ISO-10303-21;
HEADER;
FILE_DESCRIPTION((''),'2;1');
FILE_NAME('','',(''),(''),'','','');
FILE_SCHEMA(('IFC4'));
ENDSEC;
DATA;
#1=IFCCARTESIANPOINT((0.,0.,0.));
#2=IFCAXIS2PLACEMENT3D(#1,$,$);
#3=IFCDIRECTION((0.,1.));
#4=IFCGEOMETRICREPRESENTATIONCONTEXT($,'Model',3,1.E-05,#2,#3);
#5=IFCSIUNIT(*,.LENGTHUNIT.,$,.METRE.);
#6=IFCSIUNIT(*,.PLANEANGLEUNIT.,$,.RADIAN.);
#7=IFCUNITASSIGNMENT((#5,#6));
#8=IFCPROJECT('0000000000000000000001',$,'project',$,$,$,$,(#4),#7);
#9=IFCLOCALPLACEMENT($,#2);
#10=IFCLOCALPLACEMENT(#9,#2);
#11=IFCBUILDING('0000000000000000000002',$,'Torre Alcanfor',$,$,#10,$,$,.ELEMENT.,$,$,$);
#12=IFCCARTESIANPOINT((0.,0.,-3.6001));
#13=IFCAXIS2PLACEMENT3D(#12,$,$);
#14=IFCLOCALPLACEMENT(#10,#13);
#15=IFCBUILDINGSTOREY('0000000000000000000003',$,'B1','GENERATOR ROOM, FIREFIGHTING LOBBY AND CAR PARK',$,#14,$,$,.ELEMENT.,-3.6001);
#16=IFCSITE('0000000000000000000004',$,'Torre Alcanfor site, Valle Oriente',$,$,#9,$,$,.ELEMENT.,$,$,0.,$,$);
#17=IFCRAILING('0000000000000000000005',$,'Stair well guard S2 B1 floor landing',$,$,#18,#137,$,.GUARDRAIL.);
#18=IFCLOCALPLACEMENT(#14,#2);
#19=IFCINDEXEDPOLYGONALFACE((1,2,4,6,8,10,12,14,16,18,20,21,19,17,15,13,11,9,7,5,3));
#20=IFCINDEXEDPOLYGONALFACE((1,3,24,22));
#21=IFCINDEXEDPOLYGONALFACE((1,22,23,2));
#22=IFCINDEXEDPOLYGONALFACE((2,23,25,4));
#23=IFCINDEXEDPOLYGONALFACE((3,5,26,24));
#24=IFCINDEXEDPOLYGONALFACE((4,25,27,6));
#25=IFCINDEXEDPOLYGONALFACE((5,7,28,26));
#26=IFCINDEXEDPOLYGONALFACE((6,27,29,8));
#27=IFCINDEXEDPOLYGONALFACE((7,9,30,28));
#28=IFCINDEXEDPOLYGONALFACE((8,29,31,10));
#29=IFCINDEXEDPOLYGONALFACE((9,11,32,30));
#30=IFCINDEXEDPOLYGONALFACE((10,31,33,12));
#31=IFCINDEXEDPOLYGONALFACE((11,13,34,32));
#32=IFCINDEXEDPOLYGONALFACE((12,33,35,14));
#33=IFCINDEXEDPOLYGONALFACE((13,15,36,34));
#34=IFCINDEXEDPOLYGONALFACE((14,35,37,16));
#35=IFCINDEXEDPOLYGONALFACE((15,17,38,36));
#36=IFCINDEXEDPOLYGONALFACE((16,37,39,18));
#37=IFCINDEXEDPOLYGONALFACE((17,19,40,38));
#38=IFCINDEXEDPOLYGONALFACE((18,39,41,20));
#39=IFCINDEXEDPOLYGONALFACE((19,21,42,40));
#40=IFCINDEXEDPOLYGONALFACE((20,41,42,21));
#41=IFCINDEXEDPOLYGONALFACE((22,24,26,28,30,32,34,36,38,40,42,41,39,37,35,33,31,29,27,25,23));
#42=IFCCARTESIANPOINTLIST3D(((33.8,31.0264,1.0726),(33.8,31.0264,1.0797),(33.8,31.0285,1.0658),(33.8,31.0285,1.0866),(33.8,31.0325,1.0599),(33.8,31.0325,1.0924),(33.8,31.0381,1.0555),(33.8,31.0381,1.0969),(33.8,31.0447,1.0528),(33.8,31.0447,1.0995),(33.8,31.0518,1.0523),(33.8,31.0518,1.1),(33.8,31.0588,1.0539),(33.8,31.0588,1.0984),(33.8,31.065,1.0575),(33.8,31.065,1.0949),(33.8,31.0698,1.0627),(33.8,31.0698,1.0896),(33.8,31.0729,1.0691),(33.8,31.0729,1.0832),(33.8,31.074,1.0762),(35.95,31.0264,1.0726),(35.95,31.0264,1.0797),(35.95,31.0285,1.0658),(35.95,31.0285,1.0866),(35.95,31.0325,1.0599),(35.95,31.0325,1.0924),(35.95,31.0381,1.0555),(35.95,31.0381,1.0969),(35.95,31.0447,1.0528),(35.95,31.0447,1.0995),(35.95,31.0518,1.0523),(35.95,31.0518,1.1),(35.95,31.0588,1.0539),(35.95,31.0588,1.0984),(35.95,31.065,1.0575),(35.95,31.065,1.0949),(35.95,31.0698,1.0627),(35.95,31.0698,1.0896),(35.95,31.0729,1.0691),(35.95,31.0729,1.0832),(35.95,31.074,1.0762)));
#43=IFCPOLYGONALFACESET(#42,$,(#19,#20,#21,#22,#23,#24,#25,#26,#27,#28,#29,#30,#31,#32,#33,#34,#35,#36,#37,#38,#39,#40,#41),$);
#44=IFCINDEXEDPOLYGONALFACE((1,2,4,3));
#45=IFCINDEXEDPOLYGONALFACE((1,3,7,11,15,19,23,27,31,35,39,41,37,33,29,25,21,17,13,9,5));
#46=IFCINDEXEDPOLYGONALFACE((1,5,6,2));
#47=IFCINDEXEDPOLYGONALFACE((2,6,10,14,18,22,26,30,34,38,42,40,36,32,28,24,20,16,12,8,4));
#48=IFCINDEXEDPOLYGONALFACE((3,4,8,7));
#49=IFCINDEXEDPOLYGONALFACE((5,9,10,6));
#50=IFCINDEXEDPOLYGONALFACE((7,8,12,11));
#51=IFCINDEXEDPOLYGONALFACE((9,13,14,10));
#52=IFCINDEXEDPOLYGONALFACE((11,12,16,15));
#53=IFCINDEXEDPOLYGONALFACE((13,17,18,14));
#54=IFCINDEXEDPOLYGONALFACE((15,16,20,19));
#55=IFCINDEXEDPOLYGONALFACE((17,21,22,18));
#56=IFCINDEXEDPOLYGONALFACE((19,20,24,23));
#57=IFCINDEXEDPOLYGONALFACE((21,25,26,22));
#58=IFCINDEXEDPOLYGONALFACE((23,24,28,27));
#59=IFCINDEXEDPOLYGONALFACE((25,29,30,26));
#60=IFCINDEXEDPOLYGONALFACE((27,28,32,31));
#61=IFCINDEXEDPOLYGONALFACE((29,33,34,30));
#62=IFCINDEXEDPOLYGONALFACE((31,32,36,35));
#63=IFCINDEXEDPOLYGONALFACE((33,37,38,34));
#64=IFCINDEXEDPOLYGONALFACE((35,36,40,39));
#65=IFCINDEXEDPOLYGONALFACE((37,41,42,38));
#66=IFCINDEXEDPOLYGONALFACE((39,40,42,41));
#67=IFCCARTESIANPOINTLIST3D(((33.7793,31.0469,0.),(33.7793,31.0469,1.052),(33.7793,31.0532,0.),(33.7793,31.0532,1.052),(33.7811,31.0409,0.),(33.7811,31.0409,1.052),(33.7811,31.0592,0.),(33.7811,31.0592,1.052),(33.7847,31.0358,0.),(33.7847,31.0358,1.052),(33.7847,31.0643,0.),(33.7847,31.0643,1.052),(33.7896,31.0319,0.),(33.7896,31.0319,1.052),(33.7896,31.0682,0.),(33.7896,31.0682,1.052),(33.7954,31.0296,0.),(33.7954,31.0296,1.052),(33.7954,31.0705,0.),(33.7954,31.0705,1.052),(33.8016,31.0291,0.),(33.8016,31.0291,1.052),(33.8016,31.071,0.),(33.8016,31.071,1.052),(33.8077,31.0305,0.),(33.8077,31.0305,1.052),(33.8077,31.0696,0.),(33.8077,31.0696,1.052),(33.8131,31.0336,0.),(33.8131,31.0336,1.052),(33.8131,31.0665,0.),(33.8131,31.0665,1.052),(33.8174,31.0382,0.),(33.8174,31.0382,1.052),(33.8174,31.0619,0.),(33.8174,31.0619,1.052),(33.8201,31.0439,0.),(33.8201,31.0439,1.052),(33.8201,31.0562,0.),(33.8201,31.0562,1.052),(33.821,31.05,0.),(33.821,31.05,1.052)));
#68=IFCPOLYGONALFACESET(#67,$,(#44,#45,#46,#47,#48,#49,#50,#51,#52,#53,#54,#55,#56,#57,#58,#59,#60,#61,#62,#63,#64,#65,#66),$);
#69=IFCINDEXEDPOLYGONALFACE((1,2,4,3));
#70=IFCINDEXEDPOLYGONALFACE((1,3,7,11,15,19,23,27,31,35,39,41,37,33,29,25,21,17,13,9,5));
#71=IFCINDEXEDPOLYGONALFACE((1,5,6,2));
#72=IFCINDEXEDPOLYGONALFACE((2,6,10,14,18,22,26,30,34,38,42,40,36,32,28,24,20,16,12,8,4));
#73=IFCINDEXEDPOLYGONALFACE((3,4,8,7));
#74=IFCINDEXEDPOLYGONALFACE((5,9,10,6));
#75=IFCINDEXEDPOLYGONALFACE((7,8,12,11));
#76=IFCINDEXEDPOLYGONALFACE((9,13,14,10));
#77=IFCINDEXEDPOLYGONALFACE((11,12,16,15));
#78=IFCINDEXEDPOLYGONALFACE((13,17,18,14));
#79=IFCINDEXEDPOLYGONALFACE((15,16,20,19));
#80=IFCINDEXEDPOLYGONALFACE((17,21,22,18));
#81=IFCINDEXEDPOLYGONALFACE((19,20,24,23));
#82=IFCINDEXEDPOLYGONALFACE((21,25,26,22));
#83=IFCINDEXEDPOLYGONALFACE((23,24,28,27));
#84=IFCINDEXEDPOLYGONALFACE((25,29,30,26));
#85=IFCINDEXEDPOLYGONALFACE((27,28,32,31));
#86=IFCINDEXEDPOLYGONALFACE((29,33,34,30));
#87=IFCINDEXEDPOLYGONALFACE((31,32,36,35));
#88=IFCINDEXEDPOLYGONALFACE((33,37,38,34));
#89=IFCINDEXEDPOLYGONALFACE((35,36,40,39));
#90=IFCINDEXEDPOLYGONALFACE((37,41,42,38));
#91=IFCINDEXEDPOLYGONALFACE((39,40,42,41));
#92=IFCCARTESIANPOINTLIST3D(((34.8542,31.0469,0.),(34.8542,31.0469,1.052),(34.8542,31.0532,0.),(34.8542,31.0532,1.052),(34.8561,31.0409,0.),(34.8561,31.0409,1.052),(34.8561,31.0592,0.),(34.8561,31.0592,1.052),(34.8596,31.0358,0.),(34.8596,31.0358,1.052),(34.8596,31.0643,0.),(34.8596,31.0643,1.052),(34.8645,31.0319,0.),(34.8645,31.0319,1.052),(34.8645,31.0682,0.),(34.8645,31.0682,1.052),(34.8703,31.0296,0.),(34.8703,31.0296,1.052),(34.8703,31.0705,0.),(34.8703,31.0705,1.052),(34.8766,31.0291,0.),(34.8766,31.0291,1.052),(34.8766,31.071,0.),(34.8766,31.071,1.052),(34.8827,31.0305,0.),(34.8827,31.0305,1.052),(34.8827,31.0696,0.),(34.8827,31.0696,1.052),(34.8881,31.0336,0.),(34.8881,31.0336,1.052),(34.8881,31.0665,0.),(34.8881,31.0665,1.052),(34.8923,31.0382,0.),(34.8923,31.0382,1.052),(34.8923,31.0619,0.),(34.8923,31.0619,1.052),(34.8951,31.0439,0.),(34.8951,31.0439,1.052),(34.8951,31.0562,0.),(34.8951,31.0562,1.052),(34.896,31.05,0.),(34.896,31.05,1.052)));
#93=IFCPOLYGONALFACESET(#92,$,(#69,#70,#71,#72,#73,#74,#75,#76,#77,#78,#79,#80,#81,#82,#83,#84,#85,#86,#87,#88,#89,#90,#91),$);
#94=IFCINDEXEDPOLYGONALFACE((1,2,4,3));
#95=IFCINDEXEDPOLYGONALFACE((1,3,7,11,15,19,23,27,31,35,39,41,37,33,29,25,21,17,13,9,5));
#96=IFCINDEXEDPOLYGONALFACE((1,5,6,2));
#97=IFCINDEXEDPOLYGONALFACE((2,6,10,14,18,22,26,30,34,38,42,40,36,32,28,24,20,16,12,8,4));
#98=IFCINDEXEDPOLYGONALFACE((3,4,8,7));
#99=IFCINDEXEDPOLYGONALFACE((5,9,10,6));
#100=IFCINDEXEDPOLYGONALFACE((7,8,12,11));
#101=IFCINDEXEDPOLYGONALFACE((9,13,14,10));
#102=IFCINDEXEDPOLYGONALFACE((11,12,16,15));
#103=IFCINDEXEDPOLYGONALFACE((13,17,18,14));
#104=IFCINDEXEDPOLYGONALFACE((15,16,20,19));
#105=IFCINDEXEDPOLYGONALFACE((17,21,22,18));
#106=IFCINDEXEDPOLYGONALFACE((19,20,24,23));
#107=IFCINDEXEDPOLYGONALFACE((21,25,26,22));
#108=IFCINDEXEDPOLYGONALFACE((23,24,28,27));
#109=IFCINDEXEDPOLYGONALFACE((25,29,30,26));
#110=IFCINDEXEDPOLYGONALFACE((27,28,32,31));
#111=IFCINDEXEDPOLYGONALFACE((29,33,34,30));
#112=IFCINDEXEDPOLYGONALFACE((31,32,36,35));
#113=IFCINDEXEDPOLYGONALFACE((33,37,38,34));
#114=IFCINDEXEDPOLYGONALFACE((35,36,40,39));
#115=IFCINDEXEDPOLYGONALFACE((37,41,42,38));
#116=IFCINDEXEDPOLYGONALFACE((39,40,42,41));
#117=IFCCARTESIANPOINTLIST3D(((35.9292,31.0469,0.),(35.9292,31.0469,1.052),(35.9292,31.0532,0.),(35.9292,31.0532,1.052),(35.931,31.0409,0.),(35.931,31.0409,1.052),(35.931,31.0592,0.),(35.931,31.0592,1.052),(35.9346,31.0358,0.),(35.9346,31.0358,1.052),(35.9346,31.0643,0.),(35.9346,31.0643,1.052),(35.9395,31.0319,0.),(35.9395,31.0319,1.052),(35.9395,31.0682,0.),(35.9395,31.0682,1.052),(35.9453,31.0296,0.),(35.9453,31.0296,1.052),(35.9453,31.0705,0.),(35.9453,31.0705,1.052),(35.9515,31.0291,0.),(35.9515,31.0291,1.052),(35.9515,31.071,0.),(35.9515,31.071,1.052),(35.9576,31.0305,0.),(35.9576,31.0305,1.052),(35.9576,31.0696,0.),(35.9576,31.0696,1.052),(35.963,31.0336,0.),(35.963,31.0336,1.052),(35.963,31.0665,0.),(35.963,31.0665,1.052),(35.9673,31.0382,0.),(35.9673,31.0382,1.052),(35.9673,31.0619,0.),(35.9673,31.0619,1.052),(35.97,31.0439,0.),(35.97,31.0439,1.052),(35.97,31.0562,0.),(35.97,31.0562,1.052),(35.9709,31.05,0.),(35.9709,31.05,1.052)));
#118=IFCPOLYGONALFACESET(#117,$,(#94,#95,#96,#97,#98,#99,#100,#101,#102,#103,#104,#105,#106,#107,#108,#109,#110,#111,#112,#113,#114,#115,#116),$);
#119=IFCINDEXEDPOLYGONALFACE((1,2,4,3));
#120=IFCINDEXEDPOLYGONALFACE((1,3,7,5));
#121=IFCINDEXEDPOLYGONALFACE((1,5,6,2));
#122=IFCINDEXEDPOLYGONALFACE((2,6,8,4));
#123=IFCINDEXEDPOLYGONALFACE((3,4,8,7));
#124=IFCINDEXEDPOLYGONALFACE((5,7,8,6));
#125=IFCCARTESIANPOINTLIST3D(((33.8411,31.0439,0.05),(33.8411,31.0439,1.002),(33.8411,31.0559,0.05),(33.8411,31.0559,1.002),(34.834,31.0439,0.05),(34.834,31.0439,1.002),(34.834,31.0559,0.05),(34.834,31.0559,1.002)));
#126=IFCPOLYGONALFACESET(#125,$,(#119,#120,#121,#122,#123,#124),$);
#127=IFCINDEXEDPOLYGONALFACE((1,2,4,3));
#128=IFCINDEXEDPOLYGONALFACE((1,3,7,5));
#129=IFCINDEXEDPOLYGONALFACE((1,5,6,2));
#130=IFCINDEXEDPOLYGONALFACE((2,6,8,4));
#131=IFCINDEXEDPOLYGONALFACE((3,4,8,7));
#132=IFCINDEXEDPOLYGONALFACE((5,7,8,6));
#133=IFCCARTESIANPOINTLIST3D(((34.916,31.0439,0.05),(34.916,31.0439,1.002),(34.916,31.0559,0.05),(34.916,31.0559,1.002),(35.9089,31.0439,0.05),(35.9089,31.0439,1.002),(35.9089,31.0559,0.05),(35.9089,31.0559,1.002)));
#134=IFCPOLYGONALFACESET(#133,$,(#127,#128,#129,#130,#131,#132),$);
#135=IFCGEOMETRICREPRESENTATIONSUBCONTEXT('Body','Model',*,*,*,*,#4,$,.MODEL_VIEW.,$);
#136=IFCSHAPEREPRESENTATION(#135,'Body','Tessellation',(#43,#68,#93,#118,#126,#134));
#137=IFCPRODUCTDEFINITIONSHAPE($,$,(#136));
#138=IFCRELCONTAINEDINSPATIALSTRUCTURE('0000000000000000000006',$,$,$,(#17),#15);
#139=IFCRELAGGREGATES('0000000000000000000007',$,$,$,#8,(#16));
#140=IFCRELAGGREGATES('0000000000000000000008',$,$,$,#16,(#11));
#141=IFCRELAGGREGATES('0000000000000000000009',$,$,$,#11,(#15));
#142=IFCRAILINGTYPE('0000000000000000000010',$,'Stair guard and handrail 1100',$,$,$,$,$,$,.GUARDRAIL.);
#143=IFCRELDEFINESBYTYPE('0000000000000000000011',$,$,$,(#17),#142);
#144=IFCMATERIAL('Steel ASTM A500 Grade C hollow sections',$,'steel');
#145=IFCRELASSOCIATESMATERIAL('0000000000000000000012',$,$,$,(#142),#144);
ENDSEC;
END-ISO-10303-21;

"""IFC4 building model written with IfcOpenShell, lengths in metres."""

from ifc_helpers import new_model, si_unit, direction, frame, origin, origin_2d, place, context, subcontext, project, spatial, polyline, circle, outline, extrude, material, type_object, element, save


model = new_model("IFC4")

# Units and contexts
model_context = context("Model", 3, precision=1e-05, world=origin(), true_north=direction((0.0, 1.0)))
body_context = subcontext(model_context, "Body", "Model", "MODEL_VIEW")
ifc_project = project(units=[si_unit("LENGTHUNIT", "METRE"), si_unit("PLANEANGLEUNIT", "RADIAN")], contexts=[model_context])

# Site, building, storey
site_placement = place(None, origin())
site = spatial("IfcSite", under=ifc_project, at=site_placement, Name="Torre Alcanfor site, Valle Oriente", CompositionType="ELEMENT", RefElevation=0.0)
building_placement = place(site_placement, origin())
building = spatial("IfcBuilding", under=site, at=building_placement, Name="Torre Alcanfor", CompositionType="ELEMENT")
storey_placement = place(building_placement, frame((0.0, 0.0, -3.6001)))
storey = spatial("IfcBuildingStorey", under=building, at=storey_placement, Name="B1", Description="GENERATOR ROOM, FIREFIGHTING LOBBY AND CAR PARK", CompositionType="ELEMENT", Elevation=-3.6001)

# Railing
ifc_material_1 = material(Name="Steel ASTM A500 Grade C hollow sections", Category="steel")
railing_type_1 = type_object("IfcRailingType", Name="Stair guard and handrail 1100", PredefinedType="GUARDRAIL", material=ifc_material_1)
for number, where, name in (
    (1, (33.8, 31.05, 0.0), "Stair well guard S2 B1 floor landing"),
):
    element("IfcRailing", number, at=place(storey_placement, frame(where)), inside=storey, type_object=railing_type_1, Name=name, PredefinedType="GUARDRAIL", context=body_context, shape_type="SweptSolid", body=[
        extrude(circle(Radius=0.0239, at=origin_2d()), frame((0.0, 0.0, 1.0762), z_axis=(1.0, 0.0, 0.0), x_axis=(0.0, 1.0, 0.0)), (0.0, 0.0, 1.0), 2.1499),
        extrude(circle(Radius=0.021, at=origin_2d()), origin(), (0.0, 0.0, 1.0), 1.052),
        extrude(circle(Radius=0.021, at=origin_2d()), frame((1.075, 0.0, 0.0)), (0.0, 0.0, 1.0), 1.052),
        extrude(circle(Radius=0.021, at=origin_2d()), frame((2.1499, 0.0, 0.0)), (0.0, 0.0, 1.0), 1.052),
        extrude(outline(polyline([(0.041, 0.05), (1.0339, 0.05), (1.0339, 1.002), (0.041, 1.002), (0.041, 0.05)])), frame((0.0, 0.0059, 0.0), z_axis=(0.0, -1.0, 0.0), x_axis=(1.0, 0.0, 0.0)), (0.0, 0.0, 1.0), 0.012),
        extrude(outline(polyline([(1.116, 0.05), (2.1089, 0.05), (2.1089, 1.002), (1.116, 1.002), (1.116, 0.05)])), frame((0.0, 0.0059, 0.0), z_axis=(0.0, -1.0, 0.0), x_axis=(1.0, 0.0, 0.0)), (0.0, 0.0, 1.0), 0.012),
    ])

save(model, "model.ifc")
